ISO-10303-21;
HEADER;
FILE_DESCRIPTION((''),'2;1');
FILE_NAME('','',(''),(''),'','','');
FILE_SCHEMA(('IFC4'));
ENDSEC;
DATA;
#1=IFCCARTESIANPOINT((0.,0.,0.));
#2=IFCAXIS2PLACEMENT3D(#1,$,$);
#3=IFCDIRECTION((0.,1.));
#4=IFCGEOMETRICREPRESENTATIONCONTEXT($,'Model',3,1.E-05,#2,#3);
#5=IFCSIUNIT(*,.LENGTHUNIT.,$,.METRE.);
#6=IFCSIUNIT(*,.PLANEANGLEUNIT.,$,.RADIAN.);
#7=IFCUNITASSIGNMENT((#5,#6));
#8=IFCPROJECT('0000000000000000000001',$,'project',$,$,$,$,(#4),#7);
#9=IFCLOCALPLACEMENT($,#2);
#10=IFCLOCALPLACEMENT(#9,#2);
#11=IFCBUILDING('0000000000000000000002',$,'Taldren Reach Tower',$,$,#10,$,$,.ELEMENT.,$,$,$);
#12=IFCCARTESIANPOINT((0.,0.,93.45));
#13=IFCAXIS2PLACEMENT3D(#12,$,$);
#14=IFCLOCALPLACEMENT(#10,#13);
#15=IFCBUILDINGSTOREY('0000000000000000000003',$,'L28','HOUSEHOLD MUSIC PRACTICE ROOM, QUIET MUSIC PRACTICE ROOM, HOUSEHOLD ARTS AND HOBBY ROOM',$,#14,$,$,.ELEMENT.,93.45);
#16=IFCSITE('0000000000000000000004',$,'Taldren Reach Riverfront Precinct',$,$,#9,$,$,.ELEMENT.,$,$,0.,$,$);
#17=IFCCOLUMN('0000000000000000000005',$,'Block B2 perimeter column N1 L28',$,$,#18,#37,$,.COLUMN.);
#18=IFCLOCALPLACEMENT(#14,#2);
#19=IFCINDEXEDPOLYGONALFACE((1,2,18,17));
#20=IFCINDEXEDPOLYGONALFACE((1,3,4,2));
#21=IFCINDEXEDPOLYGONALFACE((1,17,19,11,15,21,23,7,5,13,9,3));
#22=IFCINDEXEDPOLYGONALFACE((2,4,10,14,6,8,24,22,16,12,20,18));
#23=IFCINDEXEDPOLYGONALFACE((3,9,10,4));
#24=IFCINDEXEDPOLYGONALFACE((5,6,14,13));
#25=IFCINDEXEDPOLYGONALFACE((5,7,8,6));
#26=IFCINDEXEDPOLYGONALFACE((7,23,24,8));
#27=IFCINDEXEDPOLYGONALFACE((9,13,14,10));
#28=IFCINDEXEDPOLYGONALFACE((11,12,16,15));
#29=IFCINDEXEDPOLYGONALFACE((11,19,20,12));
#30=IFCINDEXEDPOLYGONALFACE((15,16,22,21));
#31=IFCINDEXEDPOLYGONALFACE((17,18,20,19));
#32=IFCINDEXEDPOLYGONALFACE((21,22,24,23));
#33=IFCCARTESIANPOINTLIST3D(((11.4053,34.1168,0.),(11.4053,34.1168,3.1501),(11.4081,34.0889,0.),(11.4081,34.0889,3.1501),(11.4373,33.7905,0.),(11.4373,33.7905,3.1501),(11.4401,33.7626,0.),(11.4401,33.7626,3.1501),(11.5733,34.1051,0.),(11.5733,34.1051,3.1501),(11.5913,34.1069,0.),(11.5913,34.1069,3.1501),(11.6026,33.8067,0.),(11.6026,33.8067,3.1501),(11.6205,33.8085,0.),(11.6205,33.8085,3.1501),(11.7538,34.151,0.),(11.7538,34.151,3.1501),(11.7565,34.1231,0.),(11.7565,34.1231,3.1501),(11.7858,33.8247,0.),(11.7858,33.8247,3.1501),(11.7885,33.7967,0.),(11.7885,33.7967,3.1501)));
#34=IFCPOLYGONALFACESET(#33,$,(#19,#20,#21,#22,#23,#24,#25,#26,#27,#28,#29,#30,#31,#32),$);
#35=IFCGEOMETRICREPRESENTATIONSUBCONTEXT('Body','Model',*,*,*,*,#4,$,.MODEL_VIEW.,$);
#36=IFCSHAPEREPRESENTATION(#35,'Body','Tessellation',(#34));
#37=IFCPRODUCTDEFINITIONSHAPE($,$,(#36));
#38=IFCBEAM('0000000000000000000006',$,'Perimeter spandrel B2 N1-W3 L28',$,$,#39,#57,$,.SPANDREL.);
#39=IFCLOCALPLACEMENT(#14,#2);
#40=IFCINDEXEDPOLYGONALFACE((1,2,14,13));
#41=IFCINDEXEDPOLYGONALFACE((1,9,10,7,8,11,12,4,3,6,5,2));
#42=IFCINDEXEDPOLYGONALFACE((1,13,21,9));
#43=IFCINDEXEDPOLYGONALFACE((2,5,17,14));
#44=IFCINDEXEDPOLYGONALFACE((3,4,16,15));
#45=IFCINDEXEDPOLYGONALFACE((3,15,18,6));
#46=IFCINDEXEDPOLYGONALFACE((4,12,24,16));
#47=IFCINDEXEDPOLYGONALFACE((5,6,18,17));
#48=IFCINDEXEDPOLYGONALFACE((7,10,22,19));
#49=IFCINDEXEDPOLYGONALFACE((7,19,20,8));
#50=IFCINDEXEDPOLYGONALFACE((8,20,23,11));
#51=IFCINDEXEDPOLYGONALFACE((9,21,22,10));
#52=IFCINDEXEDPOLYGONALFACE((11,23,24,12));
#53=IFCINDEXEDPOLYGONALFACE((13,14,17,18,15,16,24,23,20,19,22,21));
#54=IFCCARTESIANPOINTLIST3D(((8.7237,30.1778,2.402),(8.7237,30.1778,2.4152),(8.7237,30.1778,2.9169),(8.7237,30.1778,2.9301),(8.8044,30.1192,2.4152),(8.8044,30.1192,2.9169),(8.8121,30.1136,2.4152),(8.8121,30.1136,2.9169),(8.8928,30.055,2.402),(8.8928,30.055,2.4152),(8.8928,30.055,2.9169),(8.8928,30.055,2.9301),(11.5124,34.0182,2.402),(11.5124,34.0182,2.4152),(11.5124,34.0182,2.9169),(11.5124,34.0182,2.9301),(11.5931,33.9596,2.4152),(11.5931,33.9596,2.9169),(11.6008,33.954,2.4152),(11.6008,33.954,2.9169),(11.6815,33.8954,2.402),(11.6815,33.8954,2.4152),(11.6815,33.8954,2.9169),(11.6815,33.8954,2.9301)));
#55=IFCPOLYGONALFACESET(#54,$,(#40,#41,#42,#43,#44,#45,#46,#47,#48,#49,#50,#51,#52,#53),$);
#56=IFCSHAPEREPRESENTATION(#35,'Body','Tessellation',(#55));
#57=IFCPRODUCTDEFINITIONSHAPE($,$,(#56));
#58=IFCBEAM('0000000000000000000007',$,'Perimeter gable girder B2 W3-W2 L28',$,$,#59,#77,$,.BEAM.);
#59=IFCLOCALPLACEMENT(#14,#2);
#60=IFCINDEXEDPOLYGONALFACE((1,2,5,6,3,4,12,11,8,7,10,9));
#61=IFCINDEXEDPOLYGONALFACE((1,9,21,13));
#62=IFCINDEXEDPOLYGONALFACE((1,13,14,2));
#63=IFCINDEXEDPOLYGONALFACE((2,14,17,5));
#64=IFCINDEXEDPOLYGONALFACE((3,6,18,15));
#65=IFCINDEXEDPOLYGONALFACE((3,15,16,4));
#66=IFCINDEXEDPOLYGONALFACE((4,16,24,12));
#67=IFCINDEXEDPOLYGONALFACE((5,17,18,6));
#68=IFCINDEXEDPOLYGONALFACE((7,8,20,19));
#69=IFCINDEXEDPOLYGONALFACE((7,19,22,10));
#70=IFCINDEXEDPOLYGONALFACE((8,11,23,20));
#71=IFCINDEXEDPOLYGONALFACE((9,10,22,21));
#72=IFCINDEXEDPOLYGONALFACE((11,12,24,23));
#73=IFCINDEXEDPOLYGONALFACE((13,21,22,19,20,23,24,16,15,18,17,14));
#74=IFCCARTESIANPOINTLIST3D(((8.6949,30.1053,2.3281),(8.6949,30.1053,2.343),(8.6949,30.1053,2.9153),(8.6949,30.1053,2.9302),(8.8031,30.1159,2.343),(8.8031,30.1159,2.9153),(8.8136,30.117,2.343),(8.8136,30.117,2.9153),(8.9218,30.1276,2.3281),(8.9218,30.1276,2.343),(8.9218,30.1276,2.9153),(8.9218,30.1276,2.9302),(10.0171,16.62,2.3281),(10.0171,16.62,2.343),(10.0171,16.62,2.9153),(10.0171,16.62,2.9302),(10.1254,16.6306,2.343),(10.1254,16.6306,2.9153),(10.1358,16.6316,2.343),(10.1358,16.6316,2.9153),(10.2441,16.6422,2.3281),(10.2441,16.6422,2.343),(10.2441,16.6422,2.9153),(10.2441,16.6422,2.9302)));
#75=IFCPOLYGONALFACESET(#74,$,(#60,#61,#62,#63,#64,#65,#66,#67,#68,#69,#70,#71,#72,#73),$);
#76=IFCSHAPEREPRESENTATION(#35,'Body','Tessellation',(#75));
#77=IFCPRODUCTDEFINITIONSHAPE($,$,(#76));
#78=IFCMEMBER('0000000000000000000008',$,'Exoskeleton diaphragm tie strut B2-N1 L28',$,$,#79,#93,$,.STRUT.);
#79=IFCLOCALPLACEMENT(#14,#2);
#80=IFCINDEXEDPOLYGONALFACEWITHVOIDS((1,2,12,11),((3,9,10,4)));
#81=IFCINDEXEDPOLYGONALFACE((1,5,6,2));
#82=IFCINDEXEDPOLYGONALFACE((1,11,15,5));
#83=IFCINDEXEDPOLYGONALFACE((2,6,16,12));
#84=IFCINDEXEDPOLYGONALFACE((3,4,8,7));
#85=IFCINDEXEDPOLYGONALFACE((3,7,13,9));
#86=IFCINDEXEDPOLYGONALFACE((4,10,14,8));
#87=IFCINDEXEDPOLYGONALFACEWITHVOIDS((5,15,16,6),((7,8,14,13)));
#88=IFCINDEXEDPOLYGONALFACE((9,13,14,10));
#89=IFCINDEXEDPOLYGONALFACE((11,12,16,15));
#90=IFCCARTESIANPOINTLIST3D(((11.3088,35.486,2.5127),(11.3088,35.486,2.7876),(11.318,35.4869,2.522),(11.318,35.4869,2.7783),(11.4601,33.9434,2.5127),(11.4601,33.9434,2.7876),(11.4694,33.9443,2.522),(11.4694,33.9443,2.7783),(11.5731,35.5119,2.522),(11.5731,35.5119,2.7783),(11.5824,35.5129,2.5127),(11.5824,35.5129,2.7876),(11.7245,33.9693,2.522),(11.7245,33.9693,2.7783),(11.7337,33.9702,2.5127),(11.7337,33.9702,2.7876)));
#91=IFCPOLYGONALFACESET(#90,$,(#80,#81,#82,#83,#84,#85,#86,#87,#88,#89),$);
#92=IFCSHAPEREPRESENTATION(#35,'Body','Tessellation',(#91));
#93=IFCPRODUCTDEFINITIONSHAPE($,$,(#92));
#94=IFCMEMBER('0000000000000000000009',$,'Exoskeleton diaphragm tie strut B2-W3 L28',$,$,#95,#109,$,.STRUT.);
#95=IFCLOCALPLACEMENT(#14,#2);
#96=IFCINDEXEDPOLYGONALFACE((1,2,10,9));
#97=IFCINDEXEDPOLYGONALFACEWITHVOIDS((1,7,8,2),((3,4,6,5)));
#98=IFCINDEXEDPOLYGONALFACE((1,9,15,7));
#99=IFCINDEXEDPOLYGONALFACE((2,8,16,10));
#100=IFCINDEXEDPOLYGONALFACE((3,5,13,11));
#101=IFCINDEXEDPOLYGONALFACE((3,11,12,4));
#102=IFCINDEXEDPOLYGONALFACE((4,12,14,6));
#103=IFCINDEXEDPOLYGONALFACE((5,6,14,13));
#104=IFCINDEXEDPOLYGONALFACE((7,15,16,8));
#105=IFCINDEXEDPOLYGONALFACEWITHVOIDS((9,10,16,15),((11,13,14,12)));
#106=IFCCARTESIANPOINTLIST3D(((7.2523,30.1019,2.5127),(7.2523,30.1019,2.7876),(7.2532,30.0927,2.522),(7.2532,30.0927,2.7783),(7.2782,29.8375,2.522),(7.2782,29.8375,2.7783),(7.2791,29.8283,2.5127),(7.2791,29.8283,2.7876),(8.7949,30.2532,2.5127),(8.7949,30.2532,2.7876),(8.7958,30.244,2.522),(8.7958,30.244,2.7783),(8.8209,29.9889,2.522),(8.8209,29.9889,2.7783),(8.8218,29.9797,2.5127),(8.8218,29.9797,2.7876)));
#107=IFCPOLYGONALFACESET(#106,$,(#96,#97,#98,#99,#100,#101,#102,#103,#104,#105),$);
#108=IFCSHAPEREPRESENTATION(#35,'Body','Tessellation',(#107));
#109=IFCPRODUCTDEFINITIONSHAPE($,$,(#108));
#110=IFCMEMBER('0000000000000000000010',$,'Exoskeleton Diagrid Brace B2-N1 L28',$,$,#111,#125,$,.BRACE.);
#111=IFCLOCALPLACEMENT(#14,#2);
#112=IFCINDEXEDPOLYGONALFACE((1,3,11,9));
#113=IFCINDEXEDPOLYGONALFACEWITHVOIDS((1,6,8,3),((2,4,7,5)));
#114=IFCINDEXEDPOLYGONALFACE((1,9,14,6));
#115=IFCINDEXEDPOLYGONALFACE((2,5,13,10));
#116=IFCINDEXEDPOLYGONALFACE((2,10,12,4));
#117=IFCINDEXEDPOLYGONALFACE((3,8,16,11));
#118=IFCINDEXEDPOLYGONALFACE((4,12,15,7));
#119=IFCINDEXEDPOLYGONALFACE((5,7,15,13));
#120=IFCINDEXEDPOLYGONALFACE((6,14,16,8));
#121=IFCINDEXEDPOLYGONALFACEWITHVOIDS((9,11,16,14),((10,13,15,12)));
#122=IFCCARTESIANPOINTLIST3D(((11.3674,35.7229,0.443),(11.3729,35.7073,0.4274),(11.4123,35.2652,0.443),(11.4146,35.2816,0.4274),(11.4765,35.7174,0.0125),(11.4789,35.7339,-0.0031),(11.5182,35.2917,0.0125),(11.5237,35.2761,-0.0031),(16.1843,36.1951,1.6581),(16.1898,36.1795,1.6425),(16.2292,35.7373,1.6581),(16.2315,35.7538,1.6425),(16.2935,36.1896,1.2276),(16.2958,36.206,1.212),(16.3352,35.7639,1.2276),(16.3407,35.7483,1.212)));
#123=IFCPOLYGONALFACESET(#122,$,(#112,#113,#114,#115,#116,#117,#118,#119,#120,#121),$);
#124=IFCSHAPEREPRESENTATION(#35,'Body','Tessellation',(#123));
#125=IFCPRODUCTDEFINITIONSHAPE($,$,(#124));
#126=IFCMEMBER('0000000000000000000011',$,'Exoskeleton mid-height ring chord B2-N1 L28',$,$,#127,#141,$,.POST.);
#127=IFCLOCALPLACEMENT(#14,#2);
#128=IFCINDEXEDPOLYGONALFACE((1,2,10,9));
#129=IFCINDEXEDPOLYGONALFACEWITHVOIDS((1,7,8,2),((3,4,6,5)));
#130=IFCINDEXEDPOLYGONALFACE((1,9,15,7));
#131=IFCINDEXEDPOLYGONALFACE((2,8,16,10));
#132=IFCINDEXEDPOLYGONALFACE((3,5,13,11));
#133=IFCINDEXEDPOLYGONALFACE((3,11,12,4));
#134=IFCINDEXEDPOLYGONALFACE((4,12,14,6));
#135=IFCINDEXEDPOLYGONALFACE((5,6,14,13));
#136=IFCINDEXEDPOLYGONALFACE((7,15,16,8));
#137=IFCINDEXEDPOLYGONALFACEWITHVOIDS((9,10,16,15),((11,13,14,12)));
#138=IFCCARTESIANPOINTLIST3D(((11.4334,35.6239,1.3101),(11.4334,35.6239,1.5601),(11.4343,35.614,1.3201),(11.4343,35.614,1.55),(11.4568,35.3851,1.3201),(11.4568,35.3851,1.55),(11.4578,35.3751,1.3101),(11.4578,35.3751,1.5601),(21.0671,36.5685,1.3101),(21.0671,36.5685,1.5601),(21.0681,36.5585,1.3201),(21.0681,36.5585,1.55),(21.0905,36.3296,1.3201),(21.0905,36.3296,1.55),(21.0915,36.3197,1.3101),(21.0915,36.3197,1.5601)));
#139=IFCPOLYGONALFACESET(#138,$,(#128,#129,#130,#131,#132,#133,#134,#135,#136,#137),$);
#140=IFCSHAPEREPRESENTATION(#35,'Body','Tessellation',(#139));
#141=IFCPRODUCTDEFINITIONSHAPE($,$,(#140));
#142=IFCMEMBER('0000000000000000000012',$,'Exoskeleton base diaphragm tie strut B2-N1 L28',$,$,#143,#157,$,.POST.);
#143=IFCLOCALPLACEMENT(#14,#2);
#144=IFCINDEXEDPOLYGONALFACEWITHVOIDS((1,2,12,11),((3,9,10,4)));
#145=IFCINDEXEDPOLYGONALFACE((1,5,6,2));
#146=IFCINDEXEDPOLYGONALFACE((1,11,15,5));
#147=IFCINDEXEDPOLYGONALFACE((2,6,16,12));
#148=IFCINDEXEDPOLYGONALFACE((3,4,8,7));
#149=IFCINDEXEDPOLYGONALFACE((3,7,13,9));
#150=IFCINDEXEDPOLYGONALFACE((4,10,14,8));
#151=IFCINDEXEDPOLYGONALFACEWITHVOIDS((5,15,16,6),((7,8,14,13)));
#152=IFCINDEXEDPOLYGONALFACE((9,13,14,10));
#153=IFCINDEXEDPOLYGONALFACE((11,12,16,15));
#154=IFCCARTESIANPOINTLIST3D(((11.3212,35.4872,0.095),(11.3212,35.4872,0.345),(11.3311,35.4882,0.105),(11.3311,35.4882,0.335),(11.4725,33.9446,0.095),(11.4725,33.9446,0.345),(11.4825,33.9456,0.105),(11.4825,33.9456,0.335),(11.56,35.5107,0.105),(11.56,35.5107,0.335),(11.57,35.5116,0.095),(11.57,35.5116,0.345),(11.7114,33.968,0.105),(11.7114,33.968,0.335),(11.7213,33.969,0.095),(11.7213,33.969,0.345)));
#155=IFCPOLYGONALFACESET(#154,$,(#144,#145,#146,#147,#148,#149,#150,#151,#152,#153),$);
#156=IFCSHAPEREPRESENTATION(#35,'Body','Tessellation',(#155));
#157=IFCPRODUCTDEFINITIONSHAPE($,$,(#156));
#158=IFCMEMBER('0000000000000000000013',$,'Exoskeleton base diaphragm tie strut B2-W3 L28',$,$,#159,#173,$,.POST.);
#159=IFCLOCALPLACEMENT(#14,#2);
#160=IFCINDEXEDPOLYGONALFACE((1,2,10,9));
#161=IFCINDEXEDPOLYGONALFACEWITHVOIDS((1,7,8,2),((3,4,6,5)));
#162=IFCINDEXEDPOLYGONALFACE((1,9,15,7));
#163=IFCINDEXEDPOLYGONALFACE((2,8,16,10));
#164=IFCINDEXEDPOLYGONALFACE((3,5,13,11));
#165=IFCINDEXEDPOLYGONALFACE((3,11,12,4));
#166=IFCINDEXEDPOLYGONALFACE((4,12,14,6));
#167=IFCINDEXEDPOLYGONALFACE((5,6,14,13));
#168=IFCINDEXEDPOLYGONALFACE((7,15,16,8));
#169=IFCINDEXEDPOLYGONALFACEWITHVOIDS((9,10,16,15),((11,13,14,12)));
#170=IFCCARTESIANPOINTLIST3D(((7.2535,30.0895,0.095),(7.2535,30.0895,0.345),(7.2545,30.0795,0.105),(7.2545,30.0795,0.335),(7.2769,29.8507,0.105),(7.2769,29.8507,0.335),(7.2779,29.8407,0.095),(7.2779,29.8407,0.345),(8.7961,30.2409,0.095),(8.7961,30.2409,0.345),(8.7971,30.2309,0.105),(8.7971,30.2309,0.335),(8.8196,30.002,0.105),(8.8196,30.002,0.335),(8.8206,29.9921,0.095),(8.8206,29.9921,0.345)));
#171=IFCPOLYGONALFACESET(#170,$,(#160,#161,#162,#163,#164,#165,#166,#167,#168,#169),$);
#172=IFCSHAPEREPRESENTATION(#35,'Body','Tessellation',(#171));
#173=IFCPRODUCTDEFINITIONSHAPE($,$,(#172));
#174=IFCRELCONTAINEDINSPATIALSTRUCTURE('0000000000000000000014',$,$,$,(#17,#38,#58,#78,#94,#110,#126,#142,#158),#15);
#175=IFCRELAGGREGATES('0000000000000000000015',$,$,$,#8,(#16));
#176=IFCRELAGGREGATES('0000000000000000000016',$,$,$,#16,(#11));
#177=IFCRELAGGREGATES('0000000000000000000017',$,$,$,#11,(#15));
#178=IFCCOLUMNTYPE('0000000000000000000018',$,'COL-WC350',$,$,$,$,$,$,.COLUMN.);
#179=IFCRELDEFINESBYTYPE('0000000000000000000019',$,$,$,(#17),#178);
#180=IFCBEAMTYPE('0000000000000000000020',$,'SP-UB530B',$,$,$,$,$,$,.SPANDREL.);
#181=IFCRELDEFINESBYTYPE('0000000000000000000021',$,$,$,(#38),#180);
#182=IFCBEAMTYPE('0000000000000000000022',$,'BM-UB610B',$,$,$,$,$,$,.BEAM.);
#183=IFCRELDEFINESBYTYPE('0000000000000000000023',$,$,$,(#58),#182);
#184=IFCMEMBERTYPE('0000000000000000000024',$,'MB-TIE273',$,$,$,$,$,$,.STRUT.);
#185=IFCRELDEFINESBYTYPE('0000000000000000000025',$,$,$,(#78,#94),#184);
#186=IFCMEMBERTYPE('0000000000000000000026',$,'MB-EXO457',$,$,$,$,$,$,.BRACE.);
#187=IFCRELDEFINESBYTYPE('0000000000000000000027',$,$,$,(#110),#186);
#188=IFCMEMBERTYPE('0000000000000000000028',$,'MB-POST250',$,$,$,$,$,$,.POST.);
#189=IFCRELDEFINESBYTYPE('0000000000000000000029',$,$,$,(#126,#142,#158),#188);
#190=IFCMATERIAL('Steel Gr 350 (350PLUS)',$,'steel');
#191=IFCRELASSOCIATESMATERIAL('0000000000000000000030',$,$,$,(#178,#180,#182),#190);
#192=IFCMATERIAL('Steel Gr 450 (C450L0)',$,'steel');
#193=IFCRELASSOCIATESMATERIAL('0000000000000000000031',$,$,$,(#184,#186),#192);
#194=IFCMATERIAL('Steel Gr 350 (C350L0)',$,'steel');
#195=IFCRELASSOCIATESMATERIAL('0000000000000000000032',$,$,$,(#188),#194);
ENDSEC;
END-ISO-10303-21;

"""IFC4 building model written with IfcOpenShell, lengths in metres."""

from ifc_helpers import new_model, si_unit, direction, frame, origin, origin_2d, place, context, subcontext, project, spatial, hollow_rectangle, i_section, extrude, source, transform, mapped, material, material_profile, profile_set, type_object, element, save


model = new_model("IFC4")

# Units and contexts
model_context = context("Model", 3, precision=1e-05, world=origin(), true_north=direction((0.0, 1.0)))
body_context = subcontext(model_context, "Body", "Model", "MODEL_VIEW")
ifc_project = project(units=[si_unit("LENGTHUNIT", "METRE"), si_unit("PLANEANGLEUNIT", "RADIAN")], contexts=[model_context])

# Site, building, storey
site_placement = place(None, origin())
site = spatial("IfcSite", under=ifc_project, at=site_placement, Name="Taldren Reach Riverfront Precinct", CompositionType="ELEMENT", RefElevation=0.0)
building_placement = place(site_placement, origin())
building = spatial("IfcBuilding", under=site, at=building_placement, Name="Taldren Reach Tower", CompositionType="ELEMENT")
storey_placement = place(building_placement, frame((0.0, 0.0, 93.45)))
storey = spatial("IfcBuildingStorey", under=building, at=storey_placement, Name="L28", Description="HOUSEHOLD MUSIC PRACTICE ROOM, QUIET MUSIC PRACTICE ROOM, HOUSEHOLD ARTS AND HOBBY ROOM", CompositionType="ELEMENT", Elevation=93.45)

# Column
ifc_material_1 = material(Name="Steel Gr 350 (350PLUS)", Category="steel")
ifc_material_profile_1 = material_profile(ifc_material_1, i_section(OverallWidth=0.3501, OverallDepth=0.356, WebThickness=0.0181, FlangeThickness=0.0281, at=origin_2d()), Name="350WC197")
ifc_profile_set_1 = profile_set([ifc_material_profile_1], Name="Steel Gr 350 (350PLUS)")
column_type = type_object("IfcColumnType", Name="COL-WC350", PredefinedType="COLUMN", material=ifc_profile_set_1)
shared_shape_1 = source(origin(), body_context, "Body", "SweptSolid", [
    extrude(i_section(OverallWidth=0.3501, OverallDepth=0.356, WebThickness=0.0181, FlangeThickness=0.0281, at=origin_2d()), origin(), (0.0, 0.0, 1.0), 3.1501),
])
column_placement = place(storey_placement, frame((11.5969, 33.9568, 0.0), z_axis=(0.0, 0.0, 1.0), x_axis=(0.995227, 0.097583, 0.0)))
element("IfcColumn", 1, at=column_placement, inside=storey, type_object=column_type, Name="Block B2 perimeter column N1 L28", PredefinedType="COLUMN", context=body_context, shape_type="MappedRepresentation", body=[
    mapped(shared_shape_1, transform((0.0, 0.0, 0.0), scale=1.0)),
])

# Beams
ifc_material_profile_2 = material_profile(ifc_material_1, i_section(OverallWidth=0.209, OverallDepth=0.5281, WebThickness=0.0095, FlangeThickness=0.0132, at=origin_2d()), Name="530UB82.0")
ifc_profile_set_2 = profile_set([ifc_material_profile_2], Name="Steel Gr 350 (350PLUS)")
beam_type_1 = type_object("IfcBeamType", Name="SP-UB530B", PredefinedType="SPANDREL", material=ifc_profile_set_2)
shared_shape_2 = source(origin(), body_context, "Body", "SweptSolid", [
    extrude(i_section(OverallWidth=0.209, OverallDepth=0.5281, WebThickness=0.0095, FlangeThickness=0.0132, at=origin_2d()), origin(), (0.0, 0.0, 1.0), 4.7461),
])
beam_1_placement = place(storey_placement, frame((11.5969, 33.9568, 2.666), z_axis=(-0.587566, -0.809176, 0.0), x_axis=(0.809176, -0.587566, 0.0)))
element("IfcBeam", 2, at=beam_1_placement, inside=storey, type_object=beam_type_1, Name="Perimeter spandrel B2 N1-W3 L28", PredefinedType="SPANDREL", context=body_context, shape_type="MappedRepresentation", body=[
    mapped(shared_shape_2, transform((0.0, 0.0, 0.0), scale=1.0)),
])
ifc_material_profile_3 = material_profile(ifc_material_1, i_section(OverallWidth=0.228, OverallDepth=0.6021, WebThickness=0.0105, FlangeThickness=0.0149, at=origin_2d()), Name="610UB101")
ifc_profile_set_3 = profile_set([ifc_material_profile_3], Name="Steel Gr 350 (350PLUS)")
beam_type_2 = type_object("IfcBeamType", Name="BM-UB610B", PredefinedType="BEAM", material=ifc_profile_set_3)
shared_shape_3 = source(origin(), body_context, "Body", "SweptSolid", [
    extrude(i_section(OverallWidth=0.228, OverallDepth=0.6021, WebThickness=0.0105, FlangeThickness=0.0149, at=origin_2d()), origin(), (0.0, 0.0, 1.0), 13.55),
])
beam_2_placement = place(storey_placement, frame((8.8083, 30.1165, 2.6292), z_axis=(0.097584, -0.995227, 0.0), x_axis=(0.995227, 0.097584, 0.0)))
element("IfcBeam", 3, at=beam_2_placement, inside=storey, type_object=beam_type_2, Name="Perimeter gable girder B2 W3-W2 L28", PredefinedType="BEAM", context=body_context, shape_type="MappedRepresentation", body=[
    mapped(shared_shape_3, transform((0.0, 0.0, 0.0), scale=1.0)),
])

# Members
ifc_material_2 = material(Name="Steel Gr 450 (C450L0)", Category="steel")
ifc_material_profile_4 = material_profile(ifc_material_2, hollow_rectangle(XDim=0.2749, YDim=0.2749, WallThickness=0.0093, at=origin_2d()), Name="275x275x9.3SHS")
ifc_profile_set_4 = profile_set([ifc_material_profile_4], Name="Steel Gr 450 (C450L0)")
member_type_1 = type_object("IfcMemberType", Name="MB-TIE273", PredefinedType="STRUT", material=ifc_profile_set_4)
shared_shape_4 = source(origin(), body_context, "Body", "SweptSolid", [
    extrude(hollow_rectangle(XDim=0.2749, YDim=0.2749, WallThickness=0.0093, at=origin_2d()), origin(), (0.0, 0.0, 1.0), 1.55),
])
for number, where, z_axis, x_axis, name in (
    (4, (11.5969, 33.9568, 2.6501), (-0.097648, 0.995221, 0.0), (-0.995221, -0.097648, 0.0), "Exoskeleton diaphragm tie strut B2-N1 L28"),
    (5, (8.8083, 30.1165, 2.6501), (-0.995221, -0.097648, 0.0), (0.097648, -0.995221, 0.0), "Exoskeleton diaphragm tie strut B2-W3 L28"),
):
    element("IfcMember", number, at=place(storey_placement, frame(where, z_axis=z_axis, x_axis=x_axis)), inside=storey, type_object=member_type_1, Name=name, PredefinedType="STRUT", context=body_context, shape_type="MappedRepresentation", body=[
        mapped(shared_shape_4, transform((0.0, 0.0, 0.0), scale=1.0)),
    ])
ifc_material_profile_5 = material_profile(ifc_material_2, hollow_rectangle(XDim=0.46, YDim=0.46, WallThickness=0.0161, at=origin_2d()), Name="460x460x16.0SHS")
ifc_profile_set_5 = profile_set([ifc_material_profile_5], Name="Steel Gr 450 (C450L0)")
member_type_2 = type_object("IfcMemberType", Name="MB-EXO457", PredefinedType="BRACE", material=ifc_profile_set_5)
shared_shape_5 = source(origin(), body_context, "Body", "SweptSolid", [
    extrude(hollow_rectangle(XDim=0.46, YDim=0.46, WallThickness=0.0161, at=origin_2d()), origin(), (0.0, 0.0, 1.0), 4.9902),
])
member_1_placement = place(storey_placement, frame((11.4456, 35.4995, 0.22), z_axis=(0.965276, 0.09462, 0.243496), x_axis=(-0.097556, 0.99523, 0.0)))
element("IfcMember", 6, at=member_1_placement, inside=storey, type_object=member_type_2, Name="Exoskeleton Diagrid Brace B2-N1 L28", PredefinedType="BRACE", context=body_context, shape_type="MappedRepresentation", body=[
    mapped(shared_shape_5, transform((0.0, 0.0, 0.0), scale=1.0)),
])
ifc_material_3 = material(Name="Steel Gr 350 (C350L0)", Category="steel")
ifc_material_profile_6 = material_profile(ifc_material_3, hollow_rectangle(XDim=0.25, YDim=0.25, WallThickness=0.01, at=origin_2d()), Name="250x250x10.0SHS")
ifc_profile_set_6 = profile_set([ifc_material_profile_6], Name="Steel Gr 350 (C350L0)")
member_type_3 = type_object("IfcMemberType", Name="MB-POST250", PredefinedType="POST", material=ifc_profile_set_6)
shared_shape_6 = source(origin(), body_context, "Body", "SweptSolid", [
    extrude(hollow_rectangle(XDim=0.25, YDim=0.25, WallThickness=0.01, at=origin_2d()), origin(), (0.0, 0.0, 1.0), 9.6799),
])
member_2_placement = place(storey_placement, frame((11.4456, 35.4995, 1.4351), z_axis=(0.995228, 0.097581, 0.0), x_axis=(-0.097581, 0.995228, 0.0)))
element("IfcMember", 7, at=member_2_placement, inside=storey, type_object=member_type_3, Name="Exoskeleton mid-height ring chord B2-N1 L28", PredefinedType="POST", context=body_context, shape_type="MappedRepresentation", body=[
    mapped(shared_shape_6, transform((0.0, 0.0, 0.0), scale=1.0)),
])
shared_shape_7 = source(origin(), body_context, "Body", "SweptSolid", [
    extrude(hollow_rectangle(XDim=0.25, YDim=0.25, WallThickness=0.01, at=origin_2d()), origin(), (0.0, 0.0, 1.0), 1.55),
])
for number, where, z_axis, x_axis, name in (
    (8, (11.5969, 33.9568, 0.22), (-0.097648, 0.995221, 0.0), (-0.995221, -0.097648, 0.0), "Exoskeleton base diaphragm tie strut B2-N1 L28"),
    (9, (8.8083, 30.1165, 0.22), (-0.995221, -0.097648, 0.0), (0.097648, -0.995221, 0.0), "Exoskeleton base diaphragm tie strut B2-W3 L28"),
):
    element("IfcMember", number, at=place(storey_placement, frame(where, z_axis=z_axis, x_axis=x_axis)), inside=storey, type_object=member_type_3, Name=name, PredefinedType="POST", context=body_context, shape_type="MappedRepresentation", body=[
        mapped(shared_shape_7, transform((0.0, 0.0, 0.0), scale=1.0)),
    ])

save(model, "model.ifc")
